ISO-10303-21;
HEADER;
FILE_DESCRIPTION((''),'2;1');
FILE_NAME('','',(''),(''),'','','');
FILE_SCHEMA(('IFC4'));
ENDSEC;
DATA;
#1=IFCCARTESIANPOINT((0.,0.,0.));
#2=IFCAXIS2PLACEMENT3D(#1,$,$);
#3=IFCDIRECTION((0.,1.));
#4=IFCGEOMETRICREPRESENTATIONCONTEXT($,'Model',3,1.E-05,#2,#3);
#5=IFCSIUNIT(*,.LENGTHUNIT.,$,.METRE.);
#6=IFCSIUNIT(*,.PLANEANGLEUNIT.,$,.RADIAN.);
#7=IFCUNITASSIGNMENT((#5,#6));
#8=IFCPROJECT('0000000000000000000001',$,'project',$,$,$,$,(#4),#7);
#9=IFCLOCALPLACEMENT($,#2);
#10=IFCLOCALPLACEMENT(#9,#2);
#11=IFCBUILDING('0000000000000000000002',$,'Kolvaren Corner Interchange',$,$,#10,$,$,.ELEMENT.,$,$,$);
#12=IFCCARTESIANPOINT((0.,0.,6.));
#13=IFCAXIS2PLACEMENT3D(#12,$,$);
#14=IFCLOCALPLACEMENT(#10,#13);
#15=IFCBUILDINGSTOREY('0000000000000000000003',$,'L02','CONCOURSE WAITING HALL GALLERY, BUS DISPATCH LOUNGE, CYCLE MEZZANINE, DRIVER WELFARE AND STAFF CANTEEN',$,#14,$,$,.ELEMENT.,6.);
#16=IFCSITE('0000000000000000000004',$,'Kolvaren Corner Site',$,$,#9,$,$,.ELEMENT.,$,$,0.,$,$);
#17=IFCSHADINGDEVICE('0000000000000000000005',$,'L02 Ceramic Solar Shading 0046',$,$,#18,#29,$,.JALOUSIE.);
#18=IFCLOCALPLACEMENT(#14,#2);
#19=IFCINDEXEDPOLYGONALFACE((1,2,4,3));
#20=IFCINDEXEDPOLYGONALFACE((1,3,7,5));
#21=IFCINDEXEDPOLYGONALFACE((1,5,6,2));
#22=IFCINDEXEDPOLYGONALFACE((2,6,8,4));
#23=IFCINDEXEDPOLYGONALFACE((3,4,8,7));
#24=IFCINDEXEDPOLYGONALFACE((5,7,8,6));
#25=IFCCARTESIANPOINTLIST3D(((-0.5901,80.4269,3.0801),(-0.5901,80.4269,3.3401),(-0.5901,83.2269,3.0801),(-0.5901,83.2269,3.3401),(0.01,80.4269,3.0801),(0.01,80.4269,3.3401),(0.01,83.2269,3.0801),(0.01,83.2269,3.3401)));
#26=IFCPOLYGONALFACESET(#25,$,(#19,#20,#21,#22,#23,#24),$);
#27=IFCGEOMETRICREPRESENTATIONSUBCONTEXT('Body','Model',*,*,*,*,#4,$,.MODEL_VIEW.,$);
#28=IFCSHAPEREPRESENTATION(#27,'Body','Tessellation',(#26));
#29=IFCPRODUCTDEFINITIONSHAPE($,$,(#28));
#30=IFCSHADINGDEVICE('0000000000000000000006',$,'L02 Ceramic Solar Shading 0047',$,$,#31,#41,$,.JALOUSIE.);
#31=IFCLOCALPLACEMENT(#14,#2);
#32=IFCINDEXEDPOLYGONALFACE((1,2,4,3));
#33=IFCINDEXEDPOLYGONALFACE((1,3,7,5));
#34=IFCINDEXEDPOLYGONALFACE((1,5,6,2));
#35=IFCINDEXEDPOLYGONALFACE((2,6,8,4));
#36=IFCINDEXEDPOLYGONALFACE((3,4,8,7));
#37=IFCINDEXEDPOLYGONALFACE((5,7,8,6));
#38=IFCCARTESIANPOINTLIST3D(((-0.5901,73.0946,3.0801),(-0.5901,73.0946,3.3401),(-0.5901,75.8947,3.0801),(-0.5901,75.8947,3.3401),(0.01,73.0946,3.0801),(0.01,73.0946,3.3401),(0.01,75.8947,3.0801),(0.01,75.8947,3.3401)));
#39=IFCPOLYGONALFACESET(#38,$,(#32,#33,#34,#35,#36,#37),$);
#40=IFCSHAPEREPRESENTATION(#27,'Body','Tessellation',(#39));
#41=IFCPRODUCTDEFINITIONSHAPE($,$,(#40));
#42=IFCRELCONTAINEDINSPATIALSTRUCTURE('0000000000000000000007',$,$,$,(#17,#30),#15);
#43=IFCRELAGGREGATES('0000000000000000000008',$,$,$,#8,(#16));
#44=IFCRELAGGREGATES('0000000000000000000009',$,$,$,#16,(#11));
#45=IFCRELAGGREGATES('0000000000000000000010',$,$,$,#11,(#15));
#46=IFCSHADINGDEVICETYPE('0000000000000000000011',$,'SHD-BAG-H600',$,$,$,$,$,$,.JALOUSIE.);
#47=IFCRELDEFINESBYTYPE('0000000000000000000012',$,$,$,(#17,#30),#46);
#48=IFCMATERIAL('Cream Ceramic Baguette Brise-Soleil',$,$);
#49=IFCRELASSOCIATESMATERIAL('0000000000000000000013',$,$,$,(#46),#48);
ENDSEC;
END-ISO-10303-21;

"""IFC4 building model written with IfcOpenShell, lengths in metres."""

from ifc_helpers import new_model, si_unit, direction, frame, origin, origin_2d, place, context, subcontext, project, spatial, rectangle, extrude, material, type_object, element, save


model = new_model("IFC4")

# Units and contexts
model_context = context("Model", 3, precision=1e-05, world=origin(), true_north=direction((0.0, 1.0)))
body_context = subcontext(model_context, "Body", "Model", "MODEL_VIEW")
ifc_project = project(units=[si_unit("LENGTHUNIT", "METRE"), si_unit("PLANEANGLEUNIT", "RADIAN")], contexts=[model_context])

# Site, building, storey
site_placement = place(None, origin())
site = spatial("IfcSite", under=ifc_project, at=site_placement, Name="Kolvaren Corner Site", CompositionType="ELEMENT", RefElevation=0.0)
building_placement = place(site_placement, origin())
building = spatial("IfcBuilding", under=site, at=building_placement, Name="Kolvaren Corner Interchange", CompositionType="ELEMENT")
storey_placement = place(building_placement, frame((0.0, 0.0, 6.0)))
storey = spatial("IfcBuildingStorey", under=building, at=storey_placement, Name="L02", Description="CONCOURSE WAITING HALL GALLERY, BUS DISPATCH LOUNGE, CYCLE MEZZANINE, DRIVER WELFARE AND STAFF CANTEEN", CompositionType="ELEMENT", Elevation=6.0)

# Shading devices
ifc_material_1 = material(Name="Cream Ceramic Baguette Brise-Soleil")
shading_device_type_1 = type_object("IfcShadingDeviceType", Name="SHD-BAG-H600", PredefinedType="JALOUSIE", material=ifc_material_1)
for number, where, z_axis, x_axis, name in (
    (1, (-0.29, 81.8269, 3.0801), (0.0, 0.0, 1.0), (0.0, -1.0, 0.0), "L02 Ceramic Solar Shading 0046"),
    (2, (-0.29, 74.4946, 3.0801), (0.0, 0.0, 1.0), (0.0, -1.0, 0.0), "L02 Ceramic Solar Shading 0047"),
):
    element("IfcShadingDevice", number, at=place(storey_placement, frame(where, z_axis=z_axis, x_axis=x_axis)), inside=storey, type_object=shading_device_type_1, Name=name, PredefinedType="JALOUSIE", context=body_context, shape_type="SweptSolid", body=[
        extrude(rectangle(XDim=2.8, YDim=0.6001, at=origin_2d()), origin(), (0.0, 0.0, 1.0), 0.26),
    ])

save(model, "model.ifc")
